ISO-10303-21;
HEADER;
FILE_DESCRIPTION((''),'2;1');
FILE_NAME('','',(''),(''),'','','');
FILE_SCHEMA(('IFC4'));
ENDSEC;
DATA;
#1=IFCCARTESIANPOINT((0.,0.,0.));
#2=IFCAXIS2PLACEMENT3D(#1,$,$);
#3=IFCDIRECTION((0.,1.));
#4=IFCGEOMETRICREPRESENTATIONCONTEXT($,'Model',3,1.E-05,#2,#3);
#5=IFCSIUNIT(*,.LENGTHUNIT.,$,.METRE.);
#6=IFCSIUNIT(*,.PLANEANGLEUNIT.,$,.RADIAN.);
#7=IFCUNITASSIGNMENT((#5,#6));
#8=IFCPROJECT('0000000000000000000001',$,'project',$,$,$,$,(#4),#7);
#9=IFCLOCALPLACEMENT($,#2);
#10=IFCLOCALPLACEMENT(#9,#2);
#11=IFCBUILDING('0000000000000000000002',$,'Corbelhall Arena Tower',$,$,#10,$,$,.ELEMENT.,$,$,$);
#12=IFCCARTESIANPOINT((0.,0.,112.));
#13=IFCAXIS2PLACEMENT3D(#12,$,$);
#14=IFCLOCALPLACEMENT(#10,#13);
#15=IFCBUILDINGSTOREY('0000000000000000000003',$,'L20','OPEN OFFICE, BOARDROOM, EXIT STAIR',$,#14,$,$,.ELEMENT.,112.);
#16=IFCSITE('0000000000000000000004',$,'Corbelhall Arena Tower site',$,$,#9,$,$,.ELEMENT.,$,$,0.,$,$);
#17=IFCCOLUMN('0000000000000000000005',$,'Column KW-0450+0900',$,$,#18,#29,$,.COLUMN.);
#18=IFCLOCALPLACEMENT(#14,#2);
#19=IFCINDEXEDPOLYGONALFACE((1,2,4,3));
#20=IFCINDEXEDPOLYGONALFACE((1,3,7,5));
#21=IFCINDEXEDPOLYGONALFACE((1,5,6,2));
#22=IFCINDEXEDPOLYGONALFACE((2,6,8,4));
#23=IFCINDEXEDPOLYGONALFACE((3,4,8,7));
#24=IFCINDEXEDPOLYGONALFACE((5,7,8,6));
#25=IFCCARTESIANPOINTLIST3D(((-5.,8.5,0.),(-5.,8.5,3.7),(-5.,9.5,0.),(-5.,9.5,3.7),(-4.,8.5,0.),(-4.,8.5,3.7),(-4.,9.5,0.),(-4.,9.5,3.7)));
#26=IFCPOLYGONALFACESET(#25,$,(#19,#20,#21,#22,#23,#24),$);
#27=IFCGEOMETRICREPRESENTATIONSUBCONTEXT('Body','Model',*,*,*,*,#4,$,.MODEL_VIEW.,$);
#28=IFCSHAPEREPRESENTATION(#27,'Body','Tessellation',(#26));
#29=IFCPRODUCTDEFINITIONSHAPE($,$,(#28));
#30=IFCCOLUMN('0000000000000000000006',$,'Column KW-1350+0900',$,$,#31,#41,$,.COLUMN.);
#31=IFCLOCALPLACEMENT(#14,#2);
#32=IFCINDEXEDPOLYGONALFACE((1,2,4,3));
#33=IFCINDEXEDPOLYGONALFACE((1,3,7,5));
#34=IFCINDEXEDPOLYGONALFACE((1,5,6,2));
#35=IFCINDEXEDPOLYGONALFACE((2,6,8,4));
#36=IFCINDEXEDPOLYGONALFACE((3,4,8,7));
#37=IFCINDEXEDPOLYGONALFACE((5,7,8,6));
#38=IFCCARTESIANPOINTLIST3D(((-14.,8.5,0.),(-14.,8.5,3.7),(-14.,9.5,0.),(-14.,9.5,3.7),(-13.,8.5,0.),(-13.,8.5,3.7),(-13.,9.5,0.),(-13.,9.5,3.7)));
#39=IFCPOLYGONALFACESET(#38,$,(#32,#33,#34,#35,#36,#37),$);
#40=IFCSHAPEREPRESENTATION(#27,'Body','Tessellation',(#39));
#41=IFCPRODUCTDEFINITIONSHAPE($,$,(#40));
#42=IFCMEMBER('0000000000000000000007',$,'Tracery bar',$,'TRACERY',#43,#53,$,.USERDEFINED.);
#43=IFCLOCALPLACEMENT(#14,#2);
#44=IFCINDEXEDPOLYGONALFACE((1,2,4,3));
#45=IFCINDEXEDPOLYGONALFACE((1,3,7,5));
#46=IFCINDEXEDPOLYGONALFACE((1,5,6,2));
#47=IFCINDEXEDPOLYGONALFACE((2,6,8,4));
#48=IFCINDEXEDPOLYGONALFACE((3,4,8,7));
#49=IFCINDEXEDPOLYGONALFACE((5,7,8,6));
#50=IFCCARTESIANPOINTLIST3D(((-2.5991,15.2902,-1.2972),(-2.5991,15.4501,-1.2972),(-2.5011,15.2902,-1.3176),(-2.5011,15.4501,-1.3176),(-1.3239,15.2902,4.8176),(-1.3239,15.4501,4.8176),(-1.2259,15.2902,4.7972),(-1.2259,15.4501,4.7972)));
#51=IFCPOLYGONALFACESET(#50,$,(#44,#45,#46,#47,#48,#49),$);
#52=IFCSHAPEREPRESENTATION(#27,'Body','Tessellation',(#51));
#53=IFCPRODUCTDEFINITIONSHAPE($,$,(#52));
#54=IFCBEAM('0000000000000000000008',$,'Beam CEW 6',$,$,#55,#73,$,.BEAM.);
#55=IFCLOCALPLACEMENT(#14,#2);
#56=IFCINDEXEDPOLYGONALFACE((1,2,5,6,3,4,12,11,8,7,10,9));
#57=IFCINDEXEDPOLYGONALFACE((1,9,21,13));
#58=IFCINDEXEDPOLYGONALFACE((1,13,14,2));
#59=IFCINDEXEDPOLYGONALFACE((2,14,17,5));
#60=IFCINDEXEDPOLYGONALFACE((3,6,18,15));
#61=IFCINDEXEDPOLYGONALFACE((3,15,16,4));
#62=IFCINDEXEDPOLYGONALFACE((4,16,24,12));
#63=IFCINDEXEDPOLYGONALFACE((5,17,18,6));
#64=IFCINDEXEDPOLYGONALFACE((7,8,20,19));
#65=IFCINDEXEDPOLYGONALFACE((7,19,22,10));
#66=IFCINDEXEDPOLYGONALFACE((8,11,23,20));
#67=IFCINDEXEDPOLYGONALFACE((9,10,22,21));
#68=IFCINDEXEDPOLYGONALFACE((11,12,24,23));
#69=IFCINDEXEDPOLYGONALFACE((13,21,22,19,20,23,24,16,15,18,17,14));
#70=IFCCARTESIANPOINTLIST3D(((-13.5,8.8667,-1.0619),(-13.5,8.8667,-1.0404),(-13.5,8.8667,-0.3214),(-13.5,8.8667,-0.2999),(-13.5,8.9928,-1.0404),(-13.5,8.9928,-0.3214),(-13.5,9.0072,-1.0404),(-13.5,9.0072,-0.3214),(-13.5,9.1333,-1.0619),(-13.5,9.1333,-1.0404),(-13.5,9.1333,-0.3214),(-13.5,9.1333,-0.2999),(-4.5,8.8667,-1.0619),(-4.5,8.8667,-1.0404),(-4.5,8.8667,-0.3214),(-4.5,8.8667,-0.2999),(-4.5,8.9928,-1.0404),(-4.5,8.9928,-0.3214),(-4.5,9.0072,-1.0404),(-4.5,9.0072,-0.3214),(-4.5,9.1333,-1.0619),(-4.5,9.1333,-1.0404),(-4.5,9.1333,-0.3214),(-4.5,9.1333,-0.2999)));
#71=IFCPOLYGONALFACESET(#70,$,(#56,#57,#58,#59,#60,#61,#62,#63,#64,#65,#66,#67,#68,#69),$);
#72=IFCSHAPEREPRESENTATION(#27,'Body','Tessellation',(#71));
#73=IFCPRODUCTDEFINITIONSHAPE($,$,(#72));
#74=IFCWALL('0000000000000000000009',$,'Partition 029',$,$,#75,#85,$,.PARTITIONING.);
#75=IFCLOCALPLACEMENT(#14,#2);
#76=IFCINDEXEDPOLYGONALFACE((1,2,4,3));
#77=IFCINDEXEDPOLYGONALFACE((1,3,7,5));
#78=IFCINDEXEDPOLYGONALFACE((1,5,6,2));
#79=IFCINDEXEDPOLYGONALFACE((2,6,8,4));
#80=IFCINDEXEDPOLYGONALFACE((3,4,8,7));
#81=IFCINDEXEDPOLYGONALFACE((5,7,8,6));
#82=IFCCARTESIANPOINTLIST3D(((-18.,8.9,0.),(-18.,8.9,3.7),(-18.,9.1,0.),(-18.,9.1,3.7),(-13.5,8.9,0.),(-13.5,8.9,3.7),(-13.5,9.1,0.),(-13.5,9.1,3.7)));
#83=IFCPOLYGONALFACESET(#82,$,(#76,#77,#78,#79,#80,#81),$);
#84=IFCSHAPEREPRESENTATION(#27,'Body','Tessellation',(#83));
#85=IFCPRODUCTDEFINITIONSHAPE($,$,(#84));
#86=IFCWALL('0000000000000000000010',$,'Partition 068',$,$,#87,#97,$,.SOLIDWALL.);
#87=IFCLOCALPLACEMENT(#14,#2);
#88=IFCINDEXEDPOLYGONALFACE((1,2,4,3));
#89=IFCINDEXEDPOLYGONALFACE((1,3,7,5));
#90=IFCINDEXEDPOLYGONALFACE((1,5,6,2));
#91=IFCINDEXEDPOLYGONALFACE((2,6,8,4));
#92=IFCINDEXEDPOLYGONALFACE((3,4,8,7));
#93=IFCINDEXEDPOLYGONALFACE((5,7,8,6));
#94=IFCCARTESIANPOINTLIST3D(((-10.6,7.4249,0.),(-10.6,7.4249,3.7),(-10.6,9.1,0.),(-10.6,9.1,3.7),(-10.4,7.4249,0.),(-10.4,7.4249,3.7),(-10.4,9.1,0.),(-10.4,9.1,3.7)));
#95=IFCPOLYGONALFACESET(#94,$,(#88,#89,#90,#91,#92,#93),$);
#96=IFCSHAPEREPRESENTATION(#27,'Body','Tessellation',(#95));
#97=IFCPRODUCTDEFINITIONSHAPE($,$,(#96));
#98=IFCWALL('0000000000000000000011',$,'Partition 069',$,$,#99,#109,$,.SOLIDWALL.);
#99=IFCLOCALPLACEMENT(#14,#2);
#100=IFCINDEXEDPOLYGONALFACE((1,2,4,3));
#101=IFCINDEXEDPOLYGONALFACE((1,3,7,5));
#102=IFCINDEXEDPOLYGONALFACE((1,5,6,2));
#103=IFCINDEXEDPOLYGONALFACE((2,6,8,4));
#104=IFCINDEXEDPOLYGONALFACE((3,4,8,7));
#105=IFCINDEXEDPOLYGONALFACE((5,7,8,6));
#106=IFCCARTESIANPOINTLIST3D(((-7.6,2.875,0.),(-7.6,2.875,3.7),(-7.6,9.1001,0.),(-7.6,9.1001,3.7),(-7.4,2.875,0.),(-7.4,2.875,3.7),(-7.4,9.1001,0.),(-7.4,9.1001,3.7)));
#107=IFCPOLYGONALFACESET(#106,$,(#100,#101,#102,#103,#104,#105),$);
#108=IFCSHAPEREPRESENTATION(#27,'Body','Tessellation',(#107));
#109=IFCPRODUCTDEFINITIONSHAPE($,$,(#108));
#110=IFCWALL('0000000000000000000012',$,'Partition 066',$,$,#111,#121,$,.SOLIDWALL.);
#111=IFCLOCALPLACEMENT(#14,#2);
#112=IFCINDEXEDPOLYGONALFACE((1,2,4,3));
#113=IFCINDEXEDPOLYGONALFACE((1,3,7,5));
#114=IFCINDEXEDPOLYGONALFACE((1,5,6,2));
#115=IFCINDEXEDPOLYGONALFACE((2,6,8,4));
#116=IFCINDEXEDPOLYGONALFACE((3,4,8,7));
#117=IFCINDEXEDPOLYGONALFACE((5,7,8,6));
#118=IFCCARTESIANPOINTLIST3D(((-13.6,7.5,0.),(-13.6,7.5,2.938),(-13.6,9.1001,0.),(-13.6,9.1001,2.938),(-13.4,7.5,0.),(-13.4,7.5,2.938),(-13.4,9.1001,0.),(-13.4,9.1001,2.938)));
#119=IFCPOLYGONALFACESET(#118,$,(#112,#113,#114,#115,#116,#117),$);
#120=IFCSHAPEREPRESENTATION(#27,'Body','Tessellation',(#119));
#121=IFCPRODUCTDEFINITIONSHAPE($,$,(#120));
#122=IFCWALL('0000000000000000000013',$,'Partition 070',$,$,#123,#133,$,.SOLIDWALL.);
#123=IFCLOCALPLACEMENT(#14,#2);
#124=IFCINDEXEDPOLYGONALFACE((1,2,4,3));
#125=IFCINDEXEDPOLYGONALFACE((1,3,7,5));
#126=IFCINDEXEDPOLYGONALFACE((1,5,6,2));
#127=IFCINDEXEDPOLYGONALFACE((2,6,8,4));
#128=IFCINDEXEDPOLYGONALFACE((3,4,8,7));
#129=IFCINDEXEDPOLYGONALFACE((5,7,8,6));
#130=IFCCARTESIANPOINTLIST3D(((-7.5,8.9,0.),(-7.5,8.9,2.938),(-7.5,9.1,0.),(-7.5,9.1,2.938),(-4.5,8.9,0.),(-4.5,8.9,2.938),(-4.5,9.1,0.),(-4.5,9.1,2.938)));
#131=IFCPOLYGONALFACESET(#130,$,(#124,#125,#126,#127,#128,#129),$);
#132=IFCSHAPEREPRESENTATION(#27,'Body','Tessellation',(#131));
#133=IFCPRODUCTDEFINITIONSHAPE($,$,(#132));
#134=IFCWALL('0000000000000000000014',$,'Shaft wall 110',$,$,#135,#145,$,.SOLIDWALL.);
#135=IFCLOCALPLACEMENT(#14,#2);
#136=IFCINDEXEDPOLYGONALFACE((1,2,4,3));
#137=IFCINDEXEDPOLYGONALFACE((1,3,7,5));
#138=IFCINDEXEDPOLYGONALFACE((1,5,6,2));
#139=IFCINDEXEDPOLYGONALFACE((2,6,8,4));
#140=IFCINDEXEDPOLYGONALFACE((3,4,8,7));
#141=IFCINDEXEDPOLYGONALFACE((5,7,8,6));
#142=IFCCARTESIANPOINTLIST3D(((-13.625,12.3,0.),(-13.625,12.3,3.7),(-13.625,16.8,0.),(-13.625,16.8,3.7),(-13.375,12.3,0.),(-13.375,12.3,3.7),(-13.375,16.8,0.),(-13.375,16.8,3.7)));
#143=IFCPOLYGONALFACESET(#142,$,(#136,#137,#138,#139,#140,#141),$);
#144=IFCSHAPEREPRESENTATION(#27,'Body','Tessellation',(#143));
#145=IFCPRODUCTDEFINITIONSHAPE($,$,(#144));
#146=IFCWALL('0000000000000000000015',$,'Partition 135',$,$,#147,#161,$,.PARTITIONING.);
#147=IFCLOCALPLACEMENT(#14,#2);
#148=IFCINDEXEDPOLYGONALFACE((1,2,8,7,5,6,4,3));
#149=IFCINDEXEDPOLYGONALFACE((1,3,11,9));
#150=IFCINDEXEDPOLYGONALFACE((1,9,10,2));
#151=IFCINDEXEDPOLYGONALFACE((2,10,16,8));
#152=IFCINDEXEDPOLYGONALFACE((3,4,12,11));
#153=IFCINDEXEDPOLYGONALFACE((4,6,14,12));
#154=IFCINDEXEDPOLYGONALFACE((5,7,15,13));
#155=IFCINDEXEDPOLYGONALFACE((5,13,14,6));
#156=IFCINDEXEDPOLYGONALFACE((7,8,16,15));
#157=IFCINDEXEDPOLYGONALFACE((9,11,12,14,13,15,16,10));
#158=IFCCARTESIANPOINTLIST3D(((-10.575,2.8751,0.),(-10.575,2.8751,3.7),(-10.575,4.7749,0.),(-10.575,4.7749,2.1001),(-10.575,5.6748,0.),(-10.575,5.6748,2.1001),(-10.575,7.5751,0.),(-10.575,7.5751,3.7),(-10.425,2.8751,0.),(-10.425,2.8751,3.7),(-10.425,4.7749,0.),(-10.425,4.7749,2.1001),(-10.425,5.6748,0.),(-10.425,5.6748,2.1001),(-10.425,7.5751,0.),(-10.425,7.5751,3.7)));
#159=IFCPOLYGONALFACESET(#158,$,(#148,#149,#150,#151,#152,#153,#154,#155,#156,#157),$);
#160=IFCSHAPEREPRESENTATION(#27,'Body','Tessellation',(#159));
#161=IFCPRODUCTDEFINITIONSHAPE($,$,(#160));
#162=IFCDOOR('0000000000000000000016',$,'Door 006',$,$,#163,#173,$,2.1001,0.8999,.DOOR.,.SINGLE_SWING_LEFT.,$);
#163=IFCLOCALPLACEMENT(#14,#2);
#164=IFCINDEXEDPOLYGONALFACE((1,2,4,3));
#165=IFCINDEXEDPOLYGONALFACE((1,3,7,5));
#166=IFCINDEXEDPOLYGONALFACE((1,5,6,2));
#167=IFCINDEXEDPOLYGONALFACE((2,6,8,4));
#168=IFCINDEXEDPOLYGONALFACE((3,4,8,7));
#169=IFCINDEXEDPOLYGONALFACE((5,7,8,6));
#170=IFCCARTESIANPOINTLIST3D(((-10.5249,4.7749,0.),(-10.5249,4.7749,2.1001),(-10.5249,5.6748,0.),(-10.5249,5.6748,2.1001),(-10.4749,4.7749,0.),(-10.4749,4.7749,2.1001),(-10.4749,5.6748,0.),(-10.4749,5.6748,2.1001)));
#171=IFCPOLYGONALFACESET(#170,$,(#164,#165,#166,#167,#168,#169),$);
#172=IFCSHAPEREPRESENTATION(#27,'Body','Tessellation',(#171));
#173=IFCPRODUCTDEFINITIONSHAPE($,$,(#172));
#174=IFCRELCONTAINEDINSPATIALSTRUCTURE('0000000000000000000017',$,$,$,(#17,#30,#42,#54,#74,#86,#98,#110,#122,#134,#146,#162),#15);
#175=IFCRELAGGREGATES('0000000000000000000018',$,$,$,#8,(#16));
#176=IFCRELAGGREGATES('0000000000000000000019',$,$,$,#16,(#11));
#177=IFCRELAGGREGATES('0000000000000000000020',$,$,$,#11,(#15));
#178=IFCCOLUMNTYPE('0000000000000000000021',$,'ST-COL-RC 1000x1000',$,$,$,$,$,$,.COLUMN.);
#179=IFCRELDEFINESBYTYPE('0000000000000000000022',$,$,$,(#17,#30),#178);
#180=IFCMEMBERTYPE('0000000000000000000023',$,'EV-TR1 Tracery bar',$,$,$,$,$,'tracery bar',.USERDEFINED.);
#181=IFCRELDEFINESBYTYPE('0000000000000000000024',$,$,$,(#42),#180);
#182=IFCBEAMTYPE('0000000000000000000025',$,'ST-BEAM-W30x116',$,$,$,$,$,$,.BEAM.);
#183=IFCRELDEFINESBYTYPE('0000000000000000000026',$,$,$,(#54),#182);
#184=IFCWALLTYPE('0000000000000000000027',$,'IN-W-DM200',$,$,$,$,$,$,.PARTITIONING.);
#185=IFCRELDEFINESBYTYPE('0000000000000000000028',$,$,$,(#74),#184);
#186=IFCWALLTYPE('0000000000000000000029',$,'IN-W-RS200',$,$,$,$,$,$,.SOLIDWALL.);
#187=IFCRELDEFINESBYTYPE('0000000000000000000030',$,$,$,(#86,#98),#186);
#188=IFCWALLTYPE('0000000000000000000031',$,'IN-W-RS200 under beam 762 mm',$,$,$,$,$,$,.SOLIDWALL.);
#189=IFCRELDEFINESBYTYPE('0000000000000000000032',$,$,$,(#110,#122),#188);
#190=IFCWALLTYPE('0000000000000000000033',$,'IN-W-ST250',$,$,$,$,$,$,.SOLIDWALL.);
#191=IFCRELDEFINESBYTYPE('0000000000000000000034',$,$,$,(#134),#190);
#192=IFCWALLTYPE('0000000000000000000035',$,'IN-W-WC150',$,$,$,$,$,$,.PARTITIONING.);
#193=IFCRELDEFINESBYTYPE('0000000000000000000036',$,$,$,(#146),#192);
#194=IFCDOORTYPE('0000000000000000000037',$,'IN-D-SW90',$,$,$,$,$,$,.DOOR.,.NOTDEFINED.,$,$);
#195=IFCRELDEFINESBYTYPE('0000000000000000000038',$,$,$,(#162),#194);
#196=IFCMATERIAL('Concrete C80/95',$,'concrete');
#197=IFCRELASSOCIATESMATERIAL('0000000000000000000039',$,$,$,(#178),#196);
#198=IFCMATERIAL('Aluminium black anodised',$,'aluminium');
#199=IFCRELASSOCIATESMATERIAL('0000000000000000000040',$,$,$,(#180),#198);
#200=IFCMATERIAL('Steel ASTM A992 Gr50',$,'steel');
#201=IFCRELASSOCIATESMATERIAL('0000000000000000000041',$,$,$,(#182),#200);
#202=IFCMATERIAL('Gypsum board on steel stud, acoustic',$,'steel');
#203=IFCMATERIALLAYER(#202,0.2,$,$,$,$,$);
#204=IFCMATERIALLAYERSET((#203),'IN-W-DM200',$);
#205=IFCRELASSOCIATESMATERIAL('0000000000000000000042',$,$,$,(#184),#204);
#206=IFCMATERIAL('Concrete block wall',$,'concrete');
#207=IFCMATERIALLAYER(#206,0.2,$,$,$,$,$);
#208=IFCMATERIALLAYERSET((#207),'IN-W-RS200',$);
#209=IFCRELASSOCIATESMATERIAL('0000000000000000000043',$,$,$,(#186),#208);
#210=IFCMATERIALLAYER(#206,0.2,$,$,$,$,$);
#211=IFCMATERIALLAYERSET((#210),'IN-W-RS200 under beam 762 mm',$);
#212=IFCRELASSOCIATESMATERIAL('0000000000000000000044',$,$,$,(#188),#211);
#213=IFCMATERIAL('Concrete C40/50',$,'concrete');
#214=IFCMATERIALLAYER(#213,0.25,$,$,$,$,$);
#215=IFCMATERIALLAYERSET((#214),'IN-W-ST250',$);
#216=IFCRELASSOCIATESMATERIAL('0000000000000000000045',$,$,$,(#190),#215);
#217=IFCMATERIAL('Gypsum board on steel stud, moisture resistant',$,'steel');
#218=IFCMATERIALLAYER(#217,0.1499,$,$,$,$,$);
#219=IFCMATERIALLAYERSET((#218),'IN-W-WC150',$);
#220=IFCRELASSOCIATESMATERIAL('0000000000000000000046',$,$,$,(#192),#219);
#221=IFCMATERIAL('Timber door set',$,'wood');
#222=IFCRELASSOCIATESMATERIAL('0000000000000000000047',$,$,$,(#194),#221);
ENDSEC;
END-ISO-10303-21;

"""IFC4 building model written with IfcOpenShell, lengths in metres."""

from ifc_helpers import new_model, si_unit, direction, frame, frame_2d, origin, origin_2d, place, context, subcontext, project, spatial, rectangle, i_section, extrude, material, layer, layer_set, material_profile, profile_set, type_object, element, fill, save


model = new_model("IFC4")

# Units and contexts
model_context = context("Model", 3, precision=1e-05, world=origin(), true_north=direction((0.0, 1.0)))
body_context = subcontext(model_context, "Body", "Model", "MODEL_VIEW")
ifc_project = project(units=[si_unit("LENGTHUNIT", "METRE"), si_unit("PLANEANGLEUNIT", "RADIAN")], contexts=[model_context])

# Site, building, storey
site_placement = place(None, origin())
site = spatial("IfcSite", under=ifc_project, at=site_placement, Name="Corbelhall Arena Tower site", CompositionType="ELEMENT", RefElevation=0.0)
building_placement = place(site_placement, origin())
building = spatial("IfcBuilding", under=site, at=building_placement, Name="Corbelhall Arena Tower", CompositionType="ELEMENT")
storey_placement = place(building_placement, frame((0.0, 0.0, 112.0)))
storey = spatial("IfcBuildingStorey", under=building, at=storey_placement, Name="L20", Description="OPEN OFFICE, BOARDROOM, EXIT STAIR", CompositionType="ELEMENT", Elevation=112.0)

# Columns
ifc_material_1 = material(Name="Concrete C80/95", Category="concrete")
ifc_material_profile_1 = material_profile(ifc_material_1, rectangle(XDim=1.0, YDim=1.0, at=origin_2d()))
ifc_profile_set_1 = profile_set([ifc_material_profile_1], Name="Concrete C80/95")
column_type = type_object("IfcColumnType", Name="ST-COL-RC 1000x1000", PredefinedType="COLUMN", material=ifc_profile_set_1)
for number, where, z_axis, x_axis, name in (
    (1, (-4.5, 9.0, 0.0), (0.0, 0.0, 1.0), (1.0, 0.0, 0.0), "Column KW-0450+0900"),
    (2, (-13.5, 9.0, 0.0), (0.0, 0.0, 1.0), (1.0, 0.0, 0.0), "Column KW-1350+0900"),
):
    element("IfcColumn", number, at=place(storey_placement, frame(where, z_axis=z_axis, x_axis=x_axis)), inside=storey, type_object=column_type, Name=name, PredefinedType="COLUMN", context=body_context, shape_type="SweptSolid", body=[
        extrude(rectangle(XDim=1.0, YDim=1.0, at=origin_2d()), origin(), (0.0, 0.0, 1.0), 3.7),
    ])

# Member
ifc_material_2 = material(Name="Aluminium black anodised", Category="aluminium")
ifc_material_profile_2 = material_profile(ifc_material_2, rectangle(XDim=0.1599, YDim=0.1001, at=origin_2d()))
ifc_profile_set_2 = profile_set([ifc_material_profile_2], Name="Aluminium black anodised")
member_type = type_object("IfcMemberType", Name="EV-TR1 Tracery bar", ElementType="tracery bar", PredefinedType="USERDEFINED", material=ifc_profile_set_2)
member_placement = place(storey_placement, frame((-1.2749, 15.3701, 4.8074), z_axis=(-0.204145, 0.0, -0.978941), x_axis=(0.0, -1.0, 0.0)))
element("IfcMember", 3, at=member_placement, inside=storey, type_object=member_type, Name="Tracery bar", ObjectType="TRACERY", PredefinedType="USERDEFINED", context=body_context, shape_type="SweptSolid", body=[
    extrude(rectangle(XDim=0.1599, YDim=0.1001, at=origin_2d()), origin(), (0.0, 0.0, 1.0), 6.2463),
])

# Beam
ifc_material_3 = material(Name="Steel ASTM A992 Gr50", Category="steel")
ifc_material_profile_3 = material_profile(ifc_material_3, i_section(OverallWidth=0.2666, OverallDepth=0.762, WebThickness=0.0144, FlangeThickness=0.0215, at=origin_2d()))
ifc_profile_set_3 = profile_set([ifc_material_profile_3], Name="Steel ASTM A992 Gr50")
beam_type = type_object("IfcBeamType", Name="ST-BEAM-W30x116", PredefinedType="BEAM", material=ifc_profile_set_3)
beam_placement = place(storey_placement, frame((-13.5, 9.0, -0.6809), z_axis=(1.0, 0.0, 0.0), x_axis=(0.0, 1.0, 0.0)))
element("IfcBeam", 4, at=beam_placement, inside=storey, type_object=beam_type, Name="Beam CEW 6", PredefinedType="BEAM", context=body_context, shape_type="SweptSolid", body=[
    extrude(i_section(OverallWidth=0.2666, OverallDepth=0.762, WebThickness=0.0144, FlangeThickness=0.0215, at=origin_2d()), origin(), (0.0, 0.0, 1.0), 9.0),
])

# Walls
ifc_material_4 = material(Name="Gypsum board on steel stud, acoustic", Category="steel")
ifc_layer_1 = layer(ifc_material_4, 0.2)
ifc_layer_set_1 = layer_set([ifc_layer_1], Name="IN-W-DM200")
wall_type_1 = type_object("IfcWallType", Name="IN-W-DM200", PredefinedType="PARTITIONING", material=ifc_layer_set_1)
wall_1_placement = place(storey_placement, frame((-13.5, 9.0, 0.0), z_axis=(0.0, 0.0, 1.0), x_axis=(-1.0, 0.0, 0.0)))
element("IfcWall", 5, at=wall_1_placement, inside=storey, type_object=wall_type_1, Name="Partition 029", PredefinedType="PARTITIONING", context=body_context, shape_type="SweptSolid", body=[
    extrude(rectangle(XDim=4.5, YDim=0.2, at=frame_2d((2.25, 0.0))), origin(), (0.0, 0.0, 1.0), 3.7),
])
ifc_material_5 = material(Name="Concrete block wall", Category="concrete")
ifc_layer_2 = layer(ifc_material_5, 0.2)
ifc_layer_set_2 = layer_set([ifc_layer_2], Name="IN-W-RS200")
wall_type_2 = type_object("IfcWallType", Name="IN-W-RS200", PredefinedType="SOLIDWALL", material=ifc_layer_set_2)
wall_2_placement = place(storey_placement, frame((-10.5, 7.425, 0.0), z_axis=(0.0, 0.0, 1.0), x_axis=(0.0, 1.0, 0.0)))
element("IfcWall", 6, at=wall_2_placement, inside=storey, type_object=wall_type_2, Name="Partition 068", PredefinedType="SOLIDWALL", context=body_context, shape_type="SweptSolid", body=[
    extrude(rectangle(XDim=1.675, YDim=0.2, at=frame_2d((0.8374, 0.0))), origin(), (0.0, 0.0, 1.0), 3.7),
])
wall_3_placement = place(storey_placement, frame((-7.5, 2.875, 0.0), z_axis=(0.0, 0.0, 1.0), x_axis=(0.0, 1.0, 0.0)))
element("IfcWall", 7, at=wall_3_placement, inside=storey, type_object=wall_type_2, Name="Partition 069", PredefinedType="SOLIDWALL", context=body_context, shape_type="SweptSolid", body=[
    extrude(rectangle(XDim=6.2251, YDim=0.2, at=frame_2d((3.1125, 0.0))), origin(), (0.0, 0.0, 1.0), 3.7),
])
ifc_layer_3 = layer(ifc_material_5, 0.2)
ifc_layer_set_3 = layer_set([ifc_layer_3], Name="IN-W-RS200 under beam 762 mm")
wall_type_3 = type_object("IfcWallType", Name="IN-W-RS200 under beam 762 mm", PredefinedType="SOLIDWALL", material=ifc_layer_set_3)
wall_4_placement = place(storey_placement, frame((-13.5, 7.5, 0.0), z_axis=(0.0, 0.0, 1.0), x_axis=(0.0, 1.0, 0.0)))
element("IfcWall", 8, at=wall_4_placement, inside=storey, type_object=wall_type_3, Name="Partition 066", PredefinedType="SOLIDWALL", context=body_context, shape_type="SweptSolid", body=[
    extrude(rectangle(XDim=1.6001, YDim=0.2, at=frame_2d((0.8, 0.0))), origin(), (0.0, 0.0, 1.0), 2.938),
])
wall_5_placement = place(storey_placement, frame((-7.5, 9.0, 0.0), z_axis=(0.0, 0.0, 1.0), x_axis=(1.0, 0.0, 0.0)))
element("IfcWall", 9, at=wall_5_placement, inside=storey, type_object=wall_type_3, Name="Partition 070", PredefinedType="SOLIDWALL", context=body_context, shape_type="SweptSolid", body=[
    extrude(rectangle(XDim=3.0, YDim=0.2, at=frame_2d((1.5, 0.0))), origin(), (0.0, 0.0, 1.0), 2.938),
])

# Wall
ifc_material_6 = material(Name="Concrete C40/50", Category="concrete")
ifc_layer_4 = layer(ifc_material_6, 0.25)
ifc_layer_set_4 = layer_set([ifc_layer_4], Name="IN-W-ST250")
wall_type_4 = type_object("IfcWallType", Name="IN-W-ST250", PredefinedType="SOLIDWALL", material=ifc_layer_set_4)
wall_6_placement = place(storey_placement, frame((-13.5, 12.3, 0.0), z_axis=(0.0, 0.0, 1.0), x_axis=(0.0, 1.0, 0.0)))
element("IfcWall", 10, at=wall_6_placement, inside=storey, type_object=wall_type_4, Name="Shaft wall 110", PredefinedType="SOLIDWALL", context=body_context, shape_type="SweptSolid", body=[
    extrude(rectangle(XDim=4.5, YDim=0.25, at=frame_2d((2.25, 0.0))), origin(), (0.0, 0.0, 1.0), 3.7),
])

# Wall, opening, door
ifc_material_7 = material(Name="Gypsum board on steel stud, moisture resistant", Category="steel")
ifc_layer_5 = layer(ifc_material_7, 0.1499)
ifc_layer_set_5 = layer_set([ifc_layer_5], Name="IN-W-WC150")
wall_type_5 = type_object("IfcWallType", Name="IN-W-WC150", PredefinedType="PARTITIONING", material=ifc_layer_set_5)
wall_7_placement = place(storey_placement, frame((-10.5, 2.875, 0.0), z_axis=(0.0, 0.0, 1.0), x_axis=(0.0, 1.0, 0.0)))
wall_7 = element("IfcWall", 11, at=wall_7_placement, inside=storey, type_object=wall_type_5, Name="Partition 135", PredefinedType="PARTITIONING", context=body_context, shape_type="SweptSolid", body=[
    extrude(rectangle(XDim=4.7, YDim=0.1499, at=frame_2d((2.3501, 0.0))), origin(), (0.0, 0.0, 1.0), 3.7),
])
opening_1_placement = place(wall_7_placement, frame((1.8999, 0.0, 0.0)))
opening_1 = element("IfcOpeningElement", 12, at=opening_1_placement, cuts=wall_7, PredefinedType="OPENING", context=body_context, shape_type="SweptSolid", body=[
    extrude(rectangle(XDim=0.8999, YDim=2.1001, at=frame_2d((0.45, 1.05))), frame((0.0, 0.075, 0.0), z_axis=(0.0, -1.0, 0.0), x_axis=(1.0, 0.0, 0.0)), (0.0, 0.0, 1.0), 0.1499),
])
ifc_material_8 = material(Name="Timber door set", Category="wood")
door_type_1 = type_object("IfcDoorType", Name="IN-D-SW90", OperationType="NOTDEFINED", PredefinedType="DOOR", material=ifc_material_8)
door_1_placement = place(opening_1_placement, origin())
door_1 = element("IfcDoor", 13, at=door_1_placement, inside=storey, type_object=door_type_1, Name="Door 006", OperationType="SINGLE_SWING_LEFT", OverallHeight=2.1001, OverallWidth=0.8999, PredefinedType="DOOR", context=body_context, shape_type="SweptSolid", body=[
    extrude(rectangle(XDim=0.8999, YDim=2.1001, at=frame_2d((0.45, 1.05))), frame((0.0, 0.0249, 0.0), z_axis=(0.0, -1.0, 0.0), x_axis=(1.0, 0.0, 0.0)), (0.0, 0.0, 1.0), 0.05),
])
fill(opening_1, door_1)

save(model, "model.ifc")
